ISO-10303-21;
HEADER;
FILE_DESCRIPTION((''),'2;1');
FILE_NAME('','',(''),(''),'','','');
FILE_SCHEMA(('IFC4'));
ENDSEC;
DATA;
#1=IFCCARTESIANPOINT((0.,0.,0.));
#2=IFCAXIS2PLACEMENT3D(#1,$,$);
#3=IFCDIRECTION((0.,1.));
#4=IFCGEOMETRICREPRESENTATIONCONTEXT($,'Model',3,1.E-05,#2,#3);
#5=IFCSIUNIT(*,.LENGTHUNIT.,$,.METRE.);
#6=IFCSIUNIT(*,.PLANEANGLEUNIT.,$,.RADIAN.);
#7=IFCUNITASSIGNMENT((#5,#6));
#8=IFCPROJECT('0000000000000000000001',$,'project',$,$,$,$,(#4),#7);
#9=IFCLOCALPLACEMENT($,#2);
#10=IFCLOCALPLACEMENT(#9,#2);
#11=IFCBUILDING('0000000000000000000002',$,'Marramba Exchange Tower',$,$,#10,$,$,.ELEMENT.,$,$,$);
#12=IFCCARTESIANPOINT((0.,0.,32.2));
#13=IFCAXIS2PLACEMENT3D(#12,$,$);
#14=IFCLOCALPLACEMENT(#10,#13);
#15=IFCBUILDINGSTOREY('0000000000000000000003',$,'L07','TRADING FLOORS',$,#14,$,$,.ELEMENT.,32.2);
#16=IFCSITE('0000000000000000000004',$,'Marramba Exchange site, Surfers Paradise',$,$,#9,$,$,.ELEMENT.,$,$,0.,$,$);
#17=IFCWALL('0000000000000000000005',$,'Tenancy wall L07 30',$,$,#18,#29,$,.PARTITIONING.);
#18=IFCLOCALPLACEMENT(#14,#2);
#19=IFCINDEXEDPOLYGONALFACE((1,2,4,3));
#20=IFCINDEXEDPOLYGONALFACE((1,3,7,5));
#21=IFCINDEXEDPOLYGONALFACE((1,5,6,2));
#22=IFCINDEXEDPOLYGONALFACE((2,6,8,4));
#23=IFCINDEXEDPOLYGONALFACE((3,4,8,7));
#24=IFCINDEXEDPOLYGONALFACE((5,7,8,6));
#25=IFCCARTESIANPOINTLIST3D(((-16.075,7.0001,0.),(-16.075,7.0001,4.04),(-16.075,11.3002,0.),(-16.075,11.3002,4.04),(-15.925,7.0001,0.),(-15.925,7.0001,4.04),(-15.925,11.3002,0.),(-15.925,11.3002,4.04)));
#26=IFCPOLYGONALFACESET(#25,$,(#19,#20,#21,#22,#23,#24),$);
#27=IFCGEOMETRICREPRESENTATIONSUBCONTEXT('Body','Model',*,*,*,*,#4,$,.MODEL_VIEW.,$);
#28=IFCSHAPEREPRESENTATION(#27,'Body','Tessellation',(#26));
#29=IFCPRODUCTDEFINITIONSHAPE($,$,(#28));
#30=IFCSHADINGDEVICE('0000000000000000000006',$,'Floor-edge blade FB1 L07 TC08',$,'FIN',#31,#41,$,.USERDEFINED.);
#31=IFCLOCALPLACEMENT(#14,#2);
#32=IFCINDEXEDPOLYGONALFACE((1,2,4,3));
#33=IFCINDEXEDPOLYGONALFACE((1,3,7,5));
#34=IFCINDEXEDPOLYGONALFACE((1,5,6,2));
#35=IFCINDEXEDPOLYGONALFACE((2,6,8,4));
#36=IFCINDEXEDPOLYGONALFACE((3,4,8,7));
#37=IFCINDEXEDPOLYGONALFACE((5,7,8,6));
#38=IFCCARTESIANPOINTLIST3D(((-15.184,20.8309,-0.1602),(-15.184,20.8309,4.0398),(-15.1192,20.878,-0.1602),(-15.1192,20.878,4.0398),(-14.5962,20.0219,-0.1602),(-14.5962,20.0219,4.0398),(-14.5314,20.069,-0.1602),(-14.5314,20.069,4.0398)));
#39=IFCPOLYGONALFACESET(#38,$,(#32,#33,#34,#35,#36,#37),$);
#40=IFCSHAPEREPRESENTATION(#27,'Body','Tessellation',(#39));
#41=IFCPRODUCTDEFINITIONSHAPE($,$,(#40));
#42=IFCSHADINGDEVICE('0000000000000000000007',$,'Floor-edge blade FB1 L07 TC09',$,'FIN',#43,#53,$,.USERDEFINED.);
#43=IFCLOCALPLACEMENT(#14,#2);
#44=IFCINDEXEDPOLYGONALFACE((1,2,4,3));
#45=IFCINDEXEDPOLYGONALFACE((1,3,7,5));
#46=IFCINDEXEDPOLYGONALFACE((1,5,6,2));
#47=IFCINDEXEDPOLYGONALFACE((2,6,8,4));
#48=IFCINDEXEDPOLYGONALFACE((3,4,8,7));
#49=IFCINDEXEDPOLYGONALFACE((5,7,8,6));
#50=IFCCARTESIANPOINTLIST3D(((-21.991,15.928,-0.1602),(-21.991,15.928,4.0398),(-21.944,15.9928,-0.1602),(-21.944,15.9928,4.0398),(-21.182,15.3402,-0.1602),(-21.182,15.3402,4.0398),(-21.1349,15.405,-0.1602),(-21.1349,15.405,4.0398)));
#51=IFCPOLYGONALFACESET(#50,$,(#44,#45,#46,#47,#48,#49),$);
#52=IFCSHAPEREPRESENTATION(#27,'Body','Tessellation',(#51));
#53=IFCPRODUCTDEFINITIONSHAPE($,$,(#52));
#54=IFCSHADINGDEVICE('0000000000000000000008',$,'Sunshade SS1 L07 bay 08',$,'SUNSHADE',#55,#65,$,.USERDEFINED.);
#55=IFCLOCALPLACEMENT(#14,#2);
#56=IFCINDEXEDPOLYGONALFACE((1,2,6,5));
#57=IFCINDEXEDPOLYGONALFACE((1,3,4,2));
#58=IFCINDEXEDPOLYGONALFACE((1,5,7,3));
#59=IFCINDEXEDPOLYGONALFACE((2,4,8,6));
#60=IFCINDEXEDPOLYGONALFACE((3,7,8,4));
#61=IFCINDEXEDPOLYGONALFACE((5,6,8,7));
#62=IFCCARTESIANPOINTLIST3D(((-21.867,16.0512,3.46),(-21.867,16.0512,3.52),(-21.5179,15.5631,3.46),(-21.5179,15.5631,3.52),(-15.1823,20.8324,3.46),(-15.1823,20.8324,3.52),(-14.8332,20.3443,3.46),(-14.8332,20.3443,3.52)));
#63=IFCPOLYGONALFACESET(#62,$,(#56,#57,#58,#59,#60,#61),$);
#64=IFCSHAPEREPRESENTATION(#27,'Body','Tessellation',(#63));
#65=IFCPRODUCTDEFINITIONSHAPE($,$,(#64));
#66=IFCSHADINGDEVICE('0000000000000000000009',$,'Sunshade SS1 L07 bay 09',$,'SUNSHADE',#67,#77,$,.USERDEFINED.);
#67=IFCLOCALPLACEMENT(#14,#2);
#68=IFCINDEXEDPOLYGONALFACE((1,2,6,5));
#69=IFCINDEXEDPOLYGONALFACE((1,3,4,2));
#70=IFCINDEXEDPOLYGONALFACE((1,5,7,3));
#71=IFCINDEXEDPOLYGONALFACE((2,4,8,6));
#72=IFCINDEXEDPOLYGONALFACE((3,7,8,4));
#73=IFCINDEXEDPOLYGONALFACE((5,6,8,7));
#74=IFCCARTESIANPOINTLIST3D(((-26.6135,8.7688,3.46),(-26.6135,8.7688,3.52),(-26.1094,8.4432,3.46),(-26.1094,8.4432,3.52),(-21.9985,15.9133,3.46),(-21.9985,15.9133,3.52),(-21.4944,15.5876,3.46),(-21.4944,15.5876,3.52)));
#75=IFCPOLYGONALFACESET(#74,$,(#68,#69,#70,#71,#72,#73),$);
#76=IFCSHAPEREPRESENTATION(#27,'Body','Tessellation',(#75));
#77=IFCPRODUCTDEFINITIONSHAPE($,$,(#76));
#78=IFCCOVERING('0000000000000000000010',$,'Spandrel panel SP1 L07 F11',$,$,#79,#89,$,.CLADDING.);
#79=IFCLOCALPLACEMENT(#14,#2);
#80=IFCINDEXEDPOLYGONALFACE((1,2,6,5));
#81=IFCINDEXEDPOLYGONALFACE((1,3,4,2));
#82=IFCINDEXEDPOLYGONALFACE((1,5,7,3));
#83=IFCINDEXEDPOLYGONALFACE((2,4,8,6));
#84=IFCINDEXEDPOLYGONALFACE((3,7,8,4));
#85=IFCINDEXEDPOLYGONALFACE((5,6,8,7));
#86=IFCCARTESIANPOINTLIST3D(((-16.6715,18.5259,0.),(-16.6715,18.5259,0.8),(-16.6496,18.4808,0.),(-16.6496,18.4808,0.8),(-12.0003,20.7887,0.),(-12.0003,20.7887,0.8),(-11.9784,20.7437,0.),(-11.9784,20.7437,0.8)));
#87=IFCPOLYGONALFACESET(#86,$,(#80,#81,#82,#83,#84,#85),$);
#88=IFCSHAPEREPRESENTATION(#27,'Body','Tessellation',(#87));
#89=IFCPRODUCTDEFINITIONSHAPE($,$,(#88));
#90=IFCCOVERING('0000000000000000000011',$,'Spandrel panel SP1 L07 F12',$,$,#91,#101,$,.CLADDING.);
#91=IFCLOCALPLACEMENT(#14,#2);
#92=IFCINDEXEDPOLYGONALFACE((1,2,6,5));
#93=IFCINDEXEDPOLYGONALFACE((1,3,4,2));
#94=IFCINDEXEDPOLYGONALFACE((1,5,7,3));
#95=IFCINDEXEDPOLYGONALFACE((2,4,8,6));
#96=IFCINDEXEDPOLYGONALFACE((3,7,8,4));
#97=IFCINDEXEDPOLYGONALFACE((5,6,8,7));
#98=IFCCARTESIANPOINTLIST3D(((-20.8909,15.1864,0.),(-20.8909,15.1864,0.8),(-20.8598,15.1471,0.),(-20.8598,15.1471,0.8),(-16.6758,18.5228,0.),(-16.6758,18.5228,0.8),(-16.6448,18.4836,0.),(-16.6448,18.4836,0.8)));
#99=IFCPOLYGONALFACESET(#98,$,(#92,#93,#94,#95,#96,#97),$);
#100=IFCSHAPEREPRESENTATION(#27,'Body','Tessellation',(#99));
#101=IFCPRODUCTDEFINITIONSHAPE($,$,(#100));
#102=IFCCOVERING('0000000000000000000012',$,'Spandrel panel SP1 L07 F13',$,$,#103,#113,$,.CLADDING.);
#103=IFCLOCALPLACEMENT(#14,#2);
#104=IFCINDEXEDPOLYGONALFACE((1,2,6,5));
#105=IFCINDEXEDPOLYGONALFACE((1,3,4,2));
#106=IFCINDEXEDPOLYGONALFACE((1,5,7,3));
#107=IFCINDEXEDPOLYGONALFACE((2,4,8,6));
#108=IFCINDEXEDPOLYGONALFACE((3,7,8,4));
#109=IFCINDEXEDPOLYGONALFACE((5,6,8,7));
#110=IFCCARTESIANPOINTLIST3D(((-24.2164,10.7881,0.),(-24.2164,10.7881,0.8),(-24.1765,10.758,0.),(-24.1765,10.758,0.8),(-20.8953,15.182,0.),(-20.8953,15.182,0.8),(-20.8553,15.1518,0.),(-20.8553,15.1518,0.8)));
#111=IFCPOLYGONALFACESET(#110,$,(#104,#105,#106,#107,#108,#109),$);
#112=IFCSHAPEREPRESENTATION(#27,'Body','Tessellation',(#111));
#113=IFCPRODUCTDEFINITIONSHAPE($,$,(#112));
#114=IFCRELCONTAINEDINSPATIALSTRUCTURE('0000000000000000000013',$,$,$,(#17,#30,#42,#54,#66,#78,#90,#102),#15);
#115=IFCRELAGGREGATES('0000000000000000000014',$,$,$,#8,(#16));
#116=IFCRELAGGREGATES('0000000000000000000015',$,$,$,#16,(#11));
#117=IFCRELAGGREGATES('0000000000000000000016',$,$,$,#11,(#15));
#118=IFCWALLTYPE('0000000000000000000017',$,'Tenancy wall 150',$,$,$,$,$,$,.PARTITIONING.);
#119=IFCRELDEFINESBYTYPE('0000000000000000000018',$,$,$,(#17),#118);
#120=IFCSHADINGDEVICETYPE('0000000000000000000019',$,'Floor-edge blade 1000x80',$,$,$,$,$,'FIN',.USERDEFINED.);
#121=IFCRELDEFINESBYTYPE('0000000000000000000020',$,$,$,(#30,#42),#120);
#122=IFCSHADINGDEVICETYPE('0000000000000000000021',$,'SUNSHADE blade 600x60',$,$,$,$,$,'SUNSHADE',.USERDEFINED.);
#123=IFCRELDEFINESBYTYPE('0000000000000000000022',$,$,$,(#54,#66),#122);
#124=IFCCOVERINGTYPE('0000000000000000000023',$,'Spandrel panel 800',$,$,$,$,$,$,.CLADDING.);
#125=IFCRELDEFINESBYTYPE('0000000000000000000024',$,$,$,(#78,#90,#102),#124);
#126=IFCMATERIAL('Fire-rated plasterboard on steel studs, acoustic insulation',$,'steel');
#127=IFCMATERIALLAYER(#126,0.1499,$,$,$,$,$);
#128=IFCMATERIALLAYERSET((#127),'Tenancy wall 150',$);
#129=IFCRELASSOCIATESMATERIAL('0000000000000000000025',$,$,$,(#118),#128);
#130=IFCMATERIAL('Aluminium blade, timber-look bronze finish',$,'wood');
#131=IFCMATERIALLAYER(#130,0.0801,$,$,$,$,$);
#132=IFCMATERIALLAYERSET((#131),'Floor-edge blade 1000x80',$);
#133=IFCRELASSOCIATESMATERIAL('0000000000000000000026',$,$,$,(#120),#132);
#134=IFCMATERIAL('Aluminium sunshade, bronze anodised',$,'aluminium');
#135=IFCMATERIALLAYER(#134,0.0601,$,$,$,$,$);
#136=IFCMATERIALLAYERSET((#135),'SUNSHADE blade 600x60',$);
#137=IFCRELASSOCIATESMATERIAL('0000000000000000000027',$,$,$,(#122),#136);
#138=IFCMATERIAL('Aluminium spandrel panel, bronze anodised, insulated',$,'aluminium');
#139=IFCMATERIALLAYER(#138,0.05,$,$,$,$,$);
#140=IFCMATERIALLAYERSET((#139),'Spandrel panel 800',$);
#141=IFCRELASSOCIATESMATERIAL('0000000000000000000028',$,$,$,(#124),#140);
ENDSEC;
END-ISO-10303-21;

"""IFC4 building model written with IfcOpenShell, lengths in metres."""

from ifc_helpers import new_model, si_unit, direction, frame, frame_2d, origin, origin_2d, place, context, subcontext, project, spatial, rectangle, extrude, material, layer, layer_set, type_object, element, save


model = new_model("IFC4")

# Units and contexts
model_context = context("Model", 3, precision=1e-05, world=origin(), true_north=direction((0.0, 1.0)))
body_context = subcontext(model_context, "Body", "Model", "MODEL_VIEW")
ifc_project = project(units=[si_unit("LENGTHUNIT", "METRE"), si_unit("PLANEANGLEUNIT", "RADIAN")], contexts=[model_context])

# Site, building, storey
site_placement = place(None, origin())
site = spatial("IfcSite", under=ifc_project, at=site_placement, Name="Marramba Exchange site, Surfers Paradise", CompositionType="ELEMENT", RefElevation=0.0)
building_placement = place(site_placement, origin())
building = spatial("IfcBuilding", under=site, at=building_placement, Name="Marramba Exchange Tower", CompositionType="ELEMENT")
storey_placement = place(building_placement, frame((0.0, 0.0, 32.2)))
storey = spatial("IfcBuildingStorey", under=building, at=storey_placement, Name="L07", Description="TRADING FLOORS", CompositionType="ELEMENT", Elevation=32.2)

# Wall
ifc_material_1 = material(Name="Fire-rated plasterboard on steel studs, acoustic insulation", Category="steel")
ifc_layer_1 = layer(ifc_material_1, 0.1499)
ifc_layer_set_1 = layer_set([ifc_layer_1], Name="Tenancy wall 150")
wall_type_1 = type_object("IfcWallType", Name="Tenancy wall 150", PredefinedType="PARTITIONING", material=ifc_layer_set_1)
wall_1_placement = place(storey_placement, frame((-16.0, 11.3, 0.0), z_axis=(0.0, 0.0, 1.0), x_axis=(0.0, -1.0, 0.0)))
element("IfcWall", 1, at=wall_1_placement, inside=storey, type_object=wall_type_1, Name="Tenancy wall L07 30", PredefinedType="PARTITIONING", context=body_context, shape_type="SweptSolid", body=[
    extrude(rectangle(XDim=4.3, YDim=0.1499, at=frame_2d((2.1499, 0.0))), origin(), (0.0, 0.0, 1.0), 4.04),
])

# Shading devices
ifc_material_2 = material(Name="Aluminium blade, timber-look bronze finish", Category="wood")
ifc_layer_2 = layer(ifc_material_2, 0.0801)
ifc_layer_set_2 = layer_set([ifc_layer_2], Name="Floor-edge blade 1000x80")
shading_device_type_1 = type_object("IfcShadingDeviceType", Name="Floor-edge blade 1000x80", ElementType="FIN", PredefinedType="USERDEFINED", material=ifc_layer_set_2)
for number, where, z_axis, x_axis, name in (
    (2, (-14.8577, 20.45, -0.1602), (0.0, 0.0, 1.0), (-0.587785, 0.809017, 0.0), "Floor-edge blade FB1 L07 TC08"),
    (3, (-21.563, 15.6665, -0.1602), (0.0, 0.0, 1.0), (-0.809017, 0.587785, 0.0), "Floor-edge blade FB1 L07 TC09"),
):
    element("IfcShadingDevice", number, at=place(storey_placement, frame(where, z_axis=z_axis, x_axis=x_axis)), inside=storey, type_object=shading_device_type_1, Name=name, ObjectType="FIN", PredefinedType="USERDEFINED", context=body_context, shape_type="SweptSolid", body=[
        extrude(rectangle(XDim=1.0, YDim=0.0801, at=origin_2d()), origin(), (0.0, 0.0, 1.0), 4.2),
    ])
ifc_material_3 = material(Name="Aluminium sunshade, bronze anodised", Category="aluminium")
ifc_layer_3 = layer(ifc_material_3, 0.0601)
ifc_layer_set_3 = layer_set([ifc_layer_3], Name="SUNSHADE blade 600x60")
shading_device_type_2 = type_object("IfcShadingDeviceType", Name="SUNSHADE blade 600x60", ElementType="SUNSHADE", PredefinedType="USERDEFINED", material=ifc_layer_set_3)
shading_device_1_placement = place(storey_placement, frame((-18.3501, 18.1978, 3.46), z_axis=(0.0, 0.0, 1.0), x_axis=(-0.813363, -0.581757, 0.0)))
element("IfcShadingDevice", 4, at=shading_device_1_placement, inside=storey, type_object=shading_device_type_2, Name="Sunshade SS1 L07 bay 08", ObjectType="SUNSHADE", PredefinedType="USERDEFINED", context=body_context, shape_type="SweptSolid", body=[
    extrude(rectangle(XDim=8.2185, YDim=0.6001, at=origin_2d()), origin(), (0.0, 0.0, 1.0), 0.0601),
])
shading_device_2_placement = place(storey_placement, frame((-24.054, 12.1782, 3.46), z_axis=(0.0, 0.0, 1.0), x_axis=(-0.542597, -0.839993, 0.0)))
element("IfcShadingDevice", 5, at=shading_device_2_placement, inside=storey, type_object=shading_device_type_2, Name="Sunshade SS1 L07 bay 09", ObjectType="SUNSHADE", PredefinedType="USERDEFINED", context=body_context, shape_type="SweptSolid", body=[
    extrude(rectangle(XDim=8.5054, YDim=0.6001, at=origin_2d()), origin(), (0.0, 0.0, 1.0), 0.0601),
])

# Coverings
ifc_material_4 = material(Name="Aluminium spandrel panel, bronze anodised, insulated", Category="aluminium")
ifc_layer_4 = layer(ifc_material_4, 0.05)
ifc_layer_set_4 = layer_set([ifc_layer_4], Name="Spandrel panel 800")
covering_type = type_object("IfcCoveringType", Name="Spandrel panel 800", PredefinedType="CLADDING", material=ifc_layer_set_4)
covering_1_placement = place(storey_placement, frame((-14.325, 19.6348, 0.0), z_axis=(0.0, 0.0, 1.0), x_axis=(-0.899963, -0.435965, 0.0)))
element("IfcCovering", 6, at=covering_1_placement, inside=storey, type_object=covering_type, Name="Spandrel panel SP1 L07 F11", PredefinedType="CLADDING", context=body_context, shape_type="SweptSolid", body=[
    extrude(rectangle(XDim=5.1904, YDim=0.05, at=origin_2d()), origin(), (0.0, 0.0, 1.0), 0.8),
])
covering_2_placement = place(storey_placement, frame((-18.7678, 16.835, 0.0), z_axis=(0.0, 0.0, 1.0), x_axis=(-0.784088, -0.62065, 0.0)))
element("IfcCovering", 7, at=covering_2_placement, inside=storey, type_object=covering_type, Name="Spandrel panel SP1 L07 F12", PredefinedType="CLADDING", context=body_context, shape_type="SweptSolid", body=[
    extrude(rectangle(XDim=5.3757, YDim=0.05, at=origin_2d()), origin(), (0.0, 0.0, 1.0), 0.8),
])
covering_3_placement = place(storey_placement, frame((-22.5359, 12.97, 0.0), z_axis=(0.0, 0.0, 1.0), x_axis=(-0.60299, -0.797749, 0.0)))
element("IfcCovering", 8, at=covering_3_placement, inside=storey, type_object=covering_type, Name="Spandrel panel SP1 L07 F13", PredefinedType="CLADDING", context=body_context, shape_type="SweptSolid", body=[
    extrude(rectangle(XDim=5.5078, YDim=0.05, at=origin_2d()), origin(), (0.0, 0.0, 1.0), 0.8),
])

save(model, "model.ifc")
